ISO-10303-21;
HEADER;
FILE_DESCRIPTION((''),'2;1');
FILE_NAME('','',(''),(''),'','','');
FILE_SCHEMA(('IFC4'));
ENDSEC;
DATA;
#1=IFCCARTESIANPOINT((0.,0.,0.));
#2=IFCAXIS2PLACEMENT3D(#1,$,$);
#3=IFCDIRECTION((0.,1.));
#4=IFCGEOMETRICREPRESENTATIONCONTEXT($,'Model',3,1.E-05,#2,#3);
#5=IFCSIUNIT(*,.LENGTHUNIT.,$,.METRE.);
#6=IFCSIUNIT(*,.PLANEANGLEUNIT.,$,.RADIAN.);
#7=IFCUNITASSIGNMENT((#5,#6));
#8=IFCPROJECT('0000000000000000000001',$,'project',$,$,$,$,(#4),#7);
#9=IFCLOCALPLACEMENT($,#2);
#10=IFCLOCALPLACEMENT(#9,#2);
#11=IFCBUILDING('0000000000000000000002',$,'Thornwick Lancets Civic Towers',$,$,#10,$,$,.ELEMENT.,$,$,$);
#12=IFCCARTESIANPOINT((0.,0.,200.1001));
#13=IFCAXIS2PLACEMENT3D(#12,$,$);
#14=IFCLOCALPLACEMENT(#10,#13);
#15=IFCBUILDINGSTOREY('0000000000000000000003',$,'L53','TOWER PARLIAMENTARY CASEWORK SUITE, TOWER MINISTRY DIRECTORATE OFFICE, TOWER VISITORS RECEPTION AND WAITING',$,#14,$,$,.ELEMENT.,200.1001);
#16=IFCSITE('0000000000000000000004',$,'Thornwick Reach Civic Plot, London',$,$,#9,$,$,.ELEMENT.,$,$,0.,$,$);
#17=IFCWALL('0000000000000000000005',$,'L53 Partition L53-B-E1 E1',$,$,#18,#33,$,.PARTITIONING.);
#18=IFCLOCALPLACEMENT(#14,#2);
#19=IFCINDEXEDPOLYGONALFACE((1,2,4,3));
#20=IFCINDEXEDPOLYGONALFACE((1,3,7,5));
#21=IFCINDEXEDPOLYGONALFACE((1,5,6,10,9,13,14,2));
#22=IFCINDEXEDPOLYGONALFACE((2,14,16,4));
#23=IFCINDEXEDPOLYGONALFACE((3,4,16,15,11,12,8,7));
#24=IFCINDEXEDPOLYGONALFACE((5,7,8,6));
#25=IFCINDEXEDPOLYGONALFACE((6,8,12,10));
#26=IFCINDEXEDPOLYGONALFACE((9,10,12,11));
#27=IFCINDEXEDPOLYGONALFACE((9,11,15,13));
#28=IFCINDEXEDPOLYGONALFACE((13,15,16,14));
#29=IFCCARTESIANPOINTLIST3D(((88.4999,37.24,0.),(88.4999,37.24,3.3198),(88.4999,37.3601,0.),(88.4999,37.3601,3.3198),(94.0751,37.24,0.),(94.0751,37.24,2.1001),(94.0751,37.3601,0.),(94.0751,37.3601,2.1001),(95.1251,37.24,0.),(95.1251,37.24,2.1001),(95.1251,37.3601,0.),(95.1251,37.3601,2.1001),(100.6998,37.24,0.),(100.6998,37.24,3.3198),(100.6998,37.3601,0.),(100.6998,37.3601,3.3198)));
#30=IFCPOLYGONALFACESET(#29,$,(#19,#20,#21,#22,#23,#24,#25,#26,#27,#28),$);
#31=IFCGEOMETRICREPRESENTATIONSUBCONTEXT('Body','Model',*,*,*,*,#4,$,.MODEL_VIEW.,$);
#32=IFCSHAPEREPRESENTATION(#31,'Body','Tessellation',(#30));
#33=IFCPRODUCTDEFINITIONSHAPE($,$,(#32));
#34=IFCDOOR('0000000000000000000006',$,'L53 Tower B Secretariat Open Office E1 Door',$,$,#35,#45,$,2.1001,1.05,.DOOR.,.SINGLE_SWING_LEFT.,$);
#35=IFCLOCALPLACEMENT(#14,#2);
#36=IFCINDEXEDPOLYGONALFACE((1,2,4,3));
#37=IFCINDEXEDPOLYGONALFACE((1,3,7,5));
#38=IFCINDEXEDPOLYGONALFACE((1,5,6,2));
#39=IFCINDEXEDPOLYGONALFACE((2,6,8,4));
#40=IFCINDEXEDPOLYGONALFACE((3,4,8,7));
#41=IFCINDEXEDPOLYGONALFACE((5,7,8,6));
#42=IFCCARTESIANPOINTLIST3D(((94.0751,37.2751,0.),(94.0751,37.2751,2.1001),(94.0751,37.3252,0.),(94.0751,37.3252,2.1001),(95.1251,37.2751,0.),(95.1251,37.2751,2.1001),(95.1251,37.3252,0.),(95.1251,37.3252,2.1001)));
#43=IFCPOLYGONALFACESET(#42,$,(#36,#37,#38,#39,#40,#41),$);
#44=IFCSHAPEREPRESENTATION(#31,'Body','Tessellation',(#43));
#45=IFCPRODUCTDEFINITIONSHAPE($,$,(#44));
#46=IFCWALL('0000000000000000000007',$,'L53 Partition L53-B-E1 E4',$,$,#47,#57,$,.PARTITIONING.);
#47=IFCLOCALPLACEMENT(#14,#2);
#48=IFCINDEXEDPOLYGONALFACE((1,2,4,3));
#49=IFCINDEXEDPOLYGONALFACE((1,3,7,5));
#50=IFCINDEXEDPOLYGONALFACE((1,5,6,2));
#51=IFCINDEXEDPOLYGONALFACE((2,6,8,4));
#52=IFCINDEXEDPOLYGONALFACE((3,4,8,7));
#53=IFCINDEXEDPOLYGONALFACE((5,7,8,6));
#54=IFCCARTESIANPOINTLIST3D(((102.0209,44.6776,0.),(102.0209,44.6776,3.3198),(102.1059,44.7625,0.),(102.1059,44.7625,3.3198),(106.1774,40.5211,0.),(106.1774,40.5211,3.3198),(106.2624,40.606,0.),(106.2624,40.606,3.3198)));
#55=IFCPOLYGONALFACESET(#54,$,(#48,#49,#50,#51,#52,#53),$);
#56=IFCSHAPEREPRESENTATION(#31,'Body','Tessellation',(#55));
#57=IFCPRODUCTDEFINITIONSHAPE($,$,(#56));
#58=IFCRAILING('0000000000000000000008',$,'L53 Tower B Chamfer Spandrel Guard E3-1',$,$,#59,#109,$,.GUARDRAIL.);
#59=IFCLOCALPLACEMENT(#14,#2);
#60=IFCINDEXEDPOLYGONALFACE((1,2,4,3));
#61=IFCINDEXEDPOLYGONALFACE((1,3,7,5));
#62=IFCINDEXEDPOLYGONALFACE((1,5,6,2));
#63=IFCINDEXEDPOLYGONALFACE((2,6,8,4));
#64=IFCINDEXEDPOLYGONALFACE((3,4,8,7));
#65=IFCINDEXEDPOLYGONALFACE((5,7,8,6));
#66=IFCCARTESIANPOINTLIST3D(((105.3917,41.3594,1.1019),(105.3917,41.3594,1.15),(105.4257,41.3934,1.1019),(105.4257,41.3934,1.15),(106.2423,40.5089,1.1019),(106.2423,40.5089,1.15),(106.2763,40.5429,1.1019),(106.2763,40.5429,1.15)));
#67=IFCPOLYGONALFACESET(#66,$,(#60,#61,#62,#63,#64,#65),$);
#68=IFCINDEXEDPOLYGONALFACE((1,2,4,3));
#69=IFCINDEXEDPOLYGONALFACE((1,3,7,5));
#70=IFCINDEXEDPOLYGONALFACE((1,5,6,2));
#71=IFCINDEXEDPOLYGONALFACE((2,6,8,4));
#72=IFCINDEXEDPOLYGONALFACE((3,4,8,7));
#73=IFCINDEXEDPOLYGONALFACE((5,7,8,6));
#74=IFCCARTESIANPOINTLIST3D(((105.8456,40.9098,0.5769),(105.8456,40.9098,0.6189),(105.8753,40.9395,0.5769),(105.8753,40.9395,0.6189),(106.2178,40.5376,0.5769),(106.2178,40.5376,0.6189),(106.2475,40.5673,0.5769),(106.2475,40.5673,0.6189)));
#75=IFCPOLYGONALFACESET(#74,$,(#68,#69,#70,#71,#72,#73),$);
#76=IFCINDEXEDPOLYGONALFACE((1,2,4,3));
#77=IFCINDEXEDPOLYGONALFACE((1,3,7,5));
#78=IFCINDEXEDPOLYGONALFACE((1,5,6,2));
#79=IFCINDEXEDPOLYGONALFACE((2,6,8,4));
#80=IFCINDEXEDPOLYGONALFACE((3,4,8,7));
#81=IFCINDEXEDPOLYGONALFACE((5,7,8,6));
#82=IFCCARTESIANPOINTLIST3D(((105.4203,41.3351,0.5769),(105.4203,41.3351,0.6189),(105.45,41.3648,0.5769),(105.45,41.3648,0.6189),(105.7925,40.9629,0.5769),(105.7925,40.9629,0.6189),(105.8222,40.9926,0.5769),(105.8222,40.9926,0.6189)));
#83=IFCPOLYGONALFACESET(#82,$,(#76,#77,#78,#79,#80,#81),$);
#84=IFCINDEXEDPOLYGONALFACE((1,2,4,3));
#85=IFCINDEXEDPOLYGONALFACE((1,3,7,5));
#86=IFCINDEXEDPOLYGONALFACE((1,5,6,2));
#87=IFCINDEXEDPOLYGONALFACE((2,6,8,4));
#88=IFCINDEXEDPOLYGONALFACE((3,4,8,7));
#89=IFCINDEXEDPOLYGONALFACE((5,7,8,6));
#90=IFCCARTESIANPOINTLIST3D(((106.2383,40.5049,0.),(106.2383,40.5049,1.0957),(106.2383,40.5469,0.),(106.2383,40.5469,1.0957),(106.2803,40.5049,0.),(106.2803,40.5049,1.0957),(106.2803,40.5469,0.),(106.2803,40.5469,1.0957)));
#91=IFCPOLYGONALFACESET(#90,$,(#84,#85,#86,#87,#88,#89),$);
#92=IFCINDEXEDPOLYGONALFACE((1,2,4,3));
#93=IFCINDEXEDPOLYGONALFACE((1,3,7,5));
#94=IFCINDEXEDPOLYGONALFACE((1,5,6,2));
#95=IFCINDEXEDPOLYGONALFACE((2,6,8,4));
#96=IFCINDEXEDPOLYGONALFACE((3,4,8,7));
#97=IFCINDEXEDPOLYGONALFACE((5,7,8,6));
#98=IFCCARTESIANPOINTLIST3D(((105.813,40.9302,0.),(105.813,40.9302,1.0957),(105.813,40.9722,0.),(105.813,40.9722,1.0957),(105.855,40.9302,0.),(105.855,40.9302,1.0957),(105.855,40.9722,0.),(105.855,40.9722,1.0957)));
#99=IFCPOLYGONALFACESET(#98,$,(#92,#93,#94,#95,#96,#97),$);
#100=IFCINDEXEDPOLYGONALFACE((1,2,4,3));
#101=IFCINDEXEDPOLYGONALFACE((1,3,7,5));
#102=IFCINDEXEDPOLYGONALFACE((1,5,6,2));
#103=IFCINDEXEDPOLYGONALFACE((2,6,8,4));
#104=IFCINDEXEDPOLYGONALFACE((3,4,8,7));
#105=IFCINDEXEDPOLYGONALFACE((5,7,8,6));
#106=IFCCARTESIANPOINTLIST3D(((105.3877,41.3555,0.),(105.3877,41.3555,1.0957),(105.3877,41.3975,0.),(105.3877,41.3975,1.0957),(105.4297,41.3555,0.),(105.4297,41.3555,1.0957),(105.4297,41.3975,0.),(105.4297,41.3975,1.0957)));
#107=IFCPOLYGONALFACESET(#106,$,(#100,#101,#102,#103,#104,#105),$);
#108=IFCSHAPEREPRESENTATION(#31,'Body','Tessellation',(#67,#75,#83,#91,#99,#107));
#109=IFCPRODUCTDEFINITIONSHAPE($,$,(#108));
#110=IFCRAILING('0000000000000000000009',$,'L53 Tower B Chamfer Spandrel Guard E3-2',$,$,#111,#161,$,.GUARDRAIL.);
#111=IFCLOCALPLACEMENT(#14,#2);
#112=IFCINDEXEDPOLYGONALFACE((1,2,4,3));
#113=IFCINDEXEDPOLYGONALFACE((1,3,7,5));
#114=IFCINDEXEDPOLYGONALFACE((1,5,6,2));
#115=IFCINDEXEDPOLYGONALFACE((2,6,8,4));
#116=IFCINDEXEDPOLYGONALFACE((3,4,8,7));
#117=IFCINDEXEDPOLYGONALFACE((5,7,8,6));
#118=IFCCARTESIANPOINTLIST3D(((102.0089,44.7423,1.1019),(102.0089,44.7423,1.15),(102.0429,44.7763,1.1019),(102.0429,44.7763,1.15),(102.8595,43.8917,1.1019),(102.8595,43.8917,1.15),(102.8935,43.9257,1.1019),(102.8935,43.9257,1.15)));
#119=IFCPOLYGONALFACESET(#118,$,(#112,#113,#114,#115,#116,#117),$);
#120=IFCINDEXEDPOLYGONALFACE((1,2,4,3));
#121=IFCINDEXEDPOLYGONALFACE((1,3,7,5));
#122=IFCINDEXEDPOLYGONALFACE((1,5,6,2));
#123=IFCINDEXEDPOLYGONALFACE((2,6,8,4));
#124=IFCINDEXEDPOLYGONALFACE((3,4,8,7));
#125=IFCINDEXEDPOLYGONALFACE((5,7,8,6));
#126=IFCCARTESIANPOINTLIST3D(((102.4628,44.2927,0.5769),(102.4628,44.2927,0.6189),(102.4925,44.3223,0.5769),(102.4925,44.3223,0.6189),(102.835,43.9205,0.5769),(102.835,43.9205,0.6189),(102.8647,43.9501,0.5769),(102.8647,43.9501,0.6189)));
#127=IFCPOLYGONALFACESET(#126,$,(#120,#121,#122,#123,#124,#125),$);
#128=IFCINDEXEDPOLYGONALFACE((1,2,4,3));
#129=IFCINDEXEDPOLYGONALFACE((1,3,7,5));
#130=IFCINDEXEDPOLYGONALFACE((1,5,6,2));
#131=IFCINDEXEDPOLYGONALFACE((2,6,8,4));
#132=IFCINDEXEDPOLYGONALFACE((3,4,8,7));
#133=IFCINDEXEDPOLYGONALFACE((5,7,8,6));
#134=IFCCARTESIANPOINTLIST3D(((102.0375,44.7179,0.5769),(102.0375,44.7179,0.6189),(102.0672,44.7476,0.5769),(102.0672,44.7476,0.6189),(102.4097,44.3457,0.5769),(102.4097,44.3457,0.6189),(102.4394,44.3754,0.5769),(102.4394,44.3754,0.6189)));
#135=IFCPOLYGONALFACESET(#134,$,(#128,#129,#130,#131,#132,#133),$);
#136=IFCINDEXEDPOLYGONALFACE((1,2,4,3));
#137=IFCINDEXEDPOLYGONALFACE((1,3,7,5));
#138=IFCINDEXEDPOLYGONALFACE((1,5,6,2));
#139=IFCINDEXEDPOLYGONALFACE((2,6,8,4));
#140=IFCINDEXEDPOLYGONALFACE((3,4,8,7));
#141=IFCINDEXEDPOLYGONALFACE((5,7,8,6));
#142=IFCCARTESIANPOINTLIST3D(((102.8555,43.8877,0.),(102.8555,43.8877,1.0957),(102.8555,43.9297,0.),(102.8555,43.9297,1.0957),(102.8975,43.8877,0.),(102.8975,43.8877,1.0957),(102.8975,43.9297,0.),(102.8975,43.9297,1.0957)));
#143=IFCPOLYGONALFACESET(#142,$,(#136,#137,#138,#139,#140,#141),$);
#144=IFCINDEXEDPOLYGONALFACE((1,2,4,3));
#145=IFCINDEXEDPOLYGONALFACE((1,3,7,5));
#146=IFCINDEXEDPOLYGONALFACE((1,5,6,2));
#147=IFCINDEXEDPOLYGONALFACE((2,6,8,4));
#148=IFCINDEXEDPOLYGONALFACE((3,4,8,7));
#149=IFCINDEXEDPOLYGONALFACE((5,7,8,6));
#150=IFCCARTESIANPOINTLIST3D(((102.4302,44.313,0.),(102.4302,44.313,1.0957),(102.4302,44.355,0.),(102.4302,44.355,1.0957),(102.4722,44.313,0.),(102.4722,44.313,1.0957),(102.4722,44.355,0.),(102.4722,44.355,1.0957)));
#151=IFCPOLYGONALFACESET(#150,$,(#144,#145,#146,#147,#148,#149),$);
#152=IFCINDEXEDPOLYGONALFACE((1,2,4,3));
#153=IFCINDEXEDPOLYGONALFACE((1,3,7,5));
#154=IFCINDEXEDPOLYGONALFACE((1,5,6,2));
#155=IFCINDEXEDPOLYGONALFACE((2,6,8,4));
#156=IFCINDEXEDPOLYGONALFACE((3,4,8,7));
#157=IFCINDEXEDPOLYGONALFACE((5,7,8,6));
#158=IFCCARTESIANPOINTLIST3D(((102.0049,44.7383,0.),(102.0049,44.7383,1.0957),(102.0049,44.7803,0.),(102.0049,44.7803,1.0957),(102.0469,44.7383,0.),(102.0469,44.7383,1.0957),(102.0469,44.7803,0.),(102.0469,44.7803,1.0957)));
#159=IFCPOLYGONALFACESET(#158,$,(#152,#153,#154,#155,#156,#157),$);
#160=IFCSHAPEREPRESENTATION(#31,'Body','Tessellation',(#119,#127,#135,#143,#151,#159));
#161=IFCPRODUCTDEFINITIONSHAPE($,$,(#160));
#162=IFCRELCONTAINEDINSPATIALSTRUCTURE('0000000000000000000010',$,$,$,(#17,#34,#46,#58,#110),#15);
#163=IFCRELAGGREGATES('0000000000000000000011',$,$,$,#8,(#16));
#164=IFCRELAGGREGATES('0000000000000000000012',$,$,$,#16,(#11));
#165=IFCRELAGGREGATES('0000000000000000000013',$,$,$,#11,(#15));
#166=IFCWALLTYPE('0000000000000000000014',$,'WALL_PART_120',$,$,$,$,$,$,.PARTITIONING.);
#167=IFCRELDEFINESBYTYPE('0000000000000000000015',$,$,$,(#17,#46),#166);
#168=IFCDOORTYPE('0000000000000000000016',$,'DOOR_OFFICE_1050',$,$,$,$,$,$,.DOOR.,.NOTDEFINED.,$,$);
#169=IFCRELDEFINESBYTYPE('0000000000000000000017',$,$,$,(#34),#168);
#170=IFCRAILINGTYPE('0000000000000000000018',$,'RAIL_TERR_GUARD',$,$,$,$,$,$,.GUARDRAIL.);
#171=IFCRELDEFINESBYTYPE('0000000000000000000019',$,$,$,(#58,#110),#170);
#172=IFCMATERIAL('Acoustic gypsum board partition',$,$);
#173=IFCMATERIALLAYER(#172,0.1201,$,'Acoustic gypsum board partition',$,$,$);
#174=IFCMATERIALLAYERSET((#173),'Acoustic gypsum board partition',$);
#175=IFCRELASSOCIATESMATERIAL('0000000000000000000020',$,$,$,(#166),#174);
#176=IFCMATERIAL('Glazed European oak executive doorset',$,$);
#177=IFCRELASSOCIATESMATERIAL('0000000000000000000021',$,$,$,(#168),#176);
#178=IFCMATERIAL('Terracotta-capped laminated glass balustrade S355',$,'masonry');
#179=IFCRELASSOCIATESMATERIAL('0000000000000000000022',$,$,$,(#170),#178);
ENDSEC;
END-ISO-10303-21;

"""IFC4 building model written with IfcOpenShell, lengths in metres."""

from ifc_helpers import new_model, si_unit, direction, frame, frame_2d, origin, origin_2d, place, context, subcontext, project, spatial, rectangle, extrude, material, layer, layer_set, type_object, element, fill, save


model = new_model("IFC4")

# Units and contexts
model_context = context("Model", 3, precision=1e-05, world=origin(), true_north=direction((0.0, 1.0)))
body_context = subcontext(model_context, "Body", "Model", "MODEL_VIEW")
ifc_project = project(units=[si_unit("LENGTHUNIT", "METRE"), si_unit("PLANEANGLEUNIT", "RADIAN")], contexts=[model_context])

# Site, building, storey
site_placement = place(None, origin())
site = spatial("IfcSite", under=ifc_project, at=site_placement, Name="Thornwick Reach Civic Plot, London", CompositionType="ELEMENT", RefElevation=0.0)
building_placement = place(site_placement, origin())
building = spatial("IfcBuilding", under=site, at=building_placement, Name="Thornwick Lancets Civic Towers", CompositionType="ELEMENT")
storey_placement = place(building_placement, frame((0.0, 0.0, 200.1001)))
storey = spatial("IfcBuildingStorey", under=building, at=storey_placement, Name="L53", Description="TOWER PARLIAMENTARY CASEWORK SUITE, TOWER MINISTRY DIRECTORATE OFFICE, TOWER VISITORS RECEPTION AND WAITING", CompositionType="ELEMENT", Elevation=200.1001)

# Shared definitions
ifc_material_1 = material(Name="Acoustic gypsum board partition")
ifc_layer_1 = layer(ifc_material_1, 0.1201, Name="Acoustic gypsum board partition")
ifc_layer_set_1 = layer_set([ifc_layer_1], Name="Acoustic gypsum board partition")
wall_type_1 = type_object("IfcWallType", Name="WALL_PART_120", PredefinedType="PARTITIONING", material=ifc_layer_set_1)

# Wall, opening, door
wall_1_placement = place(storey_placement, frame((100.7, 37.3, 0.0), z_axis=(0.0, 0.0, 1.0), x_axis=(-1.0, 0.0, 0.0)))
wall_1 = element("IfcWall", 1, at=wall_1_placement, inside=storey, type_object=wall_type_1, Name="L53 Partition L53-B-E1 E1", PredefinedType="PARTITIONING", context=body_context, shape_type="SweptSolid", body=[
    extrude(rectangle(XDim=12.2, YDim=0.1201, at=frame_2d((6.1001, 0.0))), origin(), (0.0, 0.0, 1.0), 3.3198),
])
opening_1_placement = place(wall_1_placement, frame((5.575, 0.0, 0.0)))
opening_1 = element("IfcOpeningElement", 2, at=opening_1_placement, cuts=wall_1, PredefinedType="OPENING", context=body_context, shape_type="SweptSolid", body=[
    extrude(rectangle(XDim=1.05, YDim=2.1001, at=frame_2d((0.5249, 1.05))), frame((0.0, 0.0701, 0.0), z_axis=(0.0, -1.0, 0.0), x_axis=(1.0, 0.0, 0.0)), (0.0, 0.0, 1.0), 0.1401),
])
ifc_material_2 = material(Name="Glazed European oak executive doorset")
door_type_1 = type_object("IfcDoorType", Name="DOOR_OFFICE_1050", OperationType="NOTDEFINED", PredefinedType="DOOR", material=ifc_material_2)
door_1_placement = place(opening_1_placement, origin())
door_1 = element("IfcDoor", 3, at=door_1_placement, inside=storey, type_object=door_type_1, Name="L53 Tower B Secretariat Open Office E1 Door", OperationType="SINGLE_SWING_LEFT", OverallHeight=2.1001, OverallWidth=1.05, PredefinedType="DOOR", context=body_context, shape_type="SweptSolid", body=[
    extrude(rectangle(XDim=1.05, YDim=2.1001, at=frame_2d((0.5249, 1.05))), frame((0.0, 0.0249, 0.0), z_axis=(0.0, -1.0, 0.0), x_axis=(1.0, 0.0, 0.0)), (0.0, 0.0, 1.0), 0.05),
])
fill(opening_1, door_1)

# Wall
wall_2_placement = place(storey_placement, frame((102.0635, 44.72, 0.0), z_axis=(0.0, 0.0, 1.0), x_axis=(0.707107, -0.707107, 0.0)))
element("IfcWall", 4, at=wall_2_placement, inside=storey, type_object=wall_type_1, Name="L53 Partition L53-B-E1 E4", PredefinedType="PARTITIONING", context=body_context, shape_type="SweptSolid", body=[
    extrude(rectangle(XDim=5.8782, YDim=0.1201, at=frame_2d((2.939, 0.0))), origin(), (0.0, 0.0, 1.0), 3.3198),
])

# Railings
ifc_material_3 = material(Name="Terracotta-capped laminated glass balustrade S355", Category="masonry")
railing_type = type_object("IfcRailingType", Name="RAIL_TERR_GUARD", PredefinedType="GUARDRAIL", material=ifc_material_3)
for number, where, name in (
    (5, (106.2593, 40.5259, 0.0), "L53 Tower B Chamfer Spandrel Guard E3-1"),
    (6, (102.8765, 43.9087, 0.0), "L53 Tower B Chamfer Spandrel Guard E3-2"),
):
    element("IfcRailing", number, at=place(storey_placement, frame(where)), inside=storey, type_object=railing_type, Name=name, PredefinedType="GUARDRAIL", context=body_context, shape_type="SweptSolid", body=[
        extrude(rectangle(XDim=0.0481, YDim=0.0481, at=origin_2d()), frame((0.0, 0.0, 1.126), z_axis=(-0.707107, 0.707107, 0.0), x_axis=(-0.707107, -0.707107, 0.0)), (0.0, 0.0, 1.0), 1.2029),
        extrude(rectangle(XDim=0.042, YDim=0.042, at=origin_2d()), frame((-0.0266, 0.0266, 0.5979), z_axis=(-0.707107, 0.707107, 0.0), x_axis=(-0.707107, -0.707107, 0.0)), (0.0, 0.0, 1.0), 0.5264),
        extrude(rectangle(XDim=0.042, YDim=0.042, at=origin_2d()), frame((-0.4519, 0.4519, 0.5979), z_axis=(-0.707107, 0.707107, 0.0), x_axis=(-0.707107, -0.707107, 0.0)), (0.0, 0.0, 1.0), 0.5264),
        extrude(rectangle(XDim=0.042, YDim=0.042, at=origin_2d()), origin(), (0.0, 0.0, 1.0), 1.0957),
        extrude(rectangle(XDim=0.042, YDim=0.042, at=origin_2d()), frame((-0.4253, 0.4253, 0.0)), (0.0, 0.0, 1.0), 1.0957),
        extrude(rectangle(XDim=0.042, YDim=0.042, at=origin_2d()), frame((-0.8506, 0.8506, 0.0)), (0.0, 0.0, 1.0), 1.0957),
    ])

save(model, "model.ifc")
